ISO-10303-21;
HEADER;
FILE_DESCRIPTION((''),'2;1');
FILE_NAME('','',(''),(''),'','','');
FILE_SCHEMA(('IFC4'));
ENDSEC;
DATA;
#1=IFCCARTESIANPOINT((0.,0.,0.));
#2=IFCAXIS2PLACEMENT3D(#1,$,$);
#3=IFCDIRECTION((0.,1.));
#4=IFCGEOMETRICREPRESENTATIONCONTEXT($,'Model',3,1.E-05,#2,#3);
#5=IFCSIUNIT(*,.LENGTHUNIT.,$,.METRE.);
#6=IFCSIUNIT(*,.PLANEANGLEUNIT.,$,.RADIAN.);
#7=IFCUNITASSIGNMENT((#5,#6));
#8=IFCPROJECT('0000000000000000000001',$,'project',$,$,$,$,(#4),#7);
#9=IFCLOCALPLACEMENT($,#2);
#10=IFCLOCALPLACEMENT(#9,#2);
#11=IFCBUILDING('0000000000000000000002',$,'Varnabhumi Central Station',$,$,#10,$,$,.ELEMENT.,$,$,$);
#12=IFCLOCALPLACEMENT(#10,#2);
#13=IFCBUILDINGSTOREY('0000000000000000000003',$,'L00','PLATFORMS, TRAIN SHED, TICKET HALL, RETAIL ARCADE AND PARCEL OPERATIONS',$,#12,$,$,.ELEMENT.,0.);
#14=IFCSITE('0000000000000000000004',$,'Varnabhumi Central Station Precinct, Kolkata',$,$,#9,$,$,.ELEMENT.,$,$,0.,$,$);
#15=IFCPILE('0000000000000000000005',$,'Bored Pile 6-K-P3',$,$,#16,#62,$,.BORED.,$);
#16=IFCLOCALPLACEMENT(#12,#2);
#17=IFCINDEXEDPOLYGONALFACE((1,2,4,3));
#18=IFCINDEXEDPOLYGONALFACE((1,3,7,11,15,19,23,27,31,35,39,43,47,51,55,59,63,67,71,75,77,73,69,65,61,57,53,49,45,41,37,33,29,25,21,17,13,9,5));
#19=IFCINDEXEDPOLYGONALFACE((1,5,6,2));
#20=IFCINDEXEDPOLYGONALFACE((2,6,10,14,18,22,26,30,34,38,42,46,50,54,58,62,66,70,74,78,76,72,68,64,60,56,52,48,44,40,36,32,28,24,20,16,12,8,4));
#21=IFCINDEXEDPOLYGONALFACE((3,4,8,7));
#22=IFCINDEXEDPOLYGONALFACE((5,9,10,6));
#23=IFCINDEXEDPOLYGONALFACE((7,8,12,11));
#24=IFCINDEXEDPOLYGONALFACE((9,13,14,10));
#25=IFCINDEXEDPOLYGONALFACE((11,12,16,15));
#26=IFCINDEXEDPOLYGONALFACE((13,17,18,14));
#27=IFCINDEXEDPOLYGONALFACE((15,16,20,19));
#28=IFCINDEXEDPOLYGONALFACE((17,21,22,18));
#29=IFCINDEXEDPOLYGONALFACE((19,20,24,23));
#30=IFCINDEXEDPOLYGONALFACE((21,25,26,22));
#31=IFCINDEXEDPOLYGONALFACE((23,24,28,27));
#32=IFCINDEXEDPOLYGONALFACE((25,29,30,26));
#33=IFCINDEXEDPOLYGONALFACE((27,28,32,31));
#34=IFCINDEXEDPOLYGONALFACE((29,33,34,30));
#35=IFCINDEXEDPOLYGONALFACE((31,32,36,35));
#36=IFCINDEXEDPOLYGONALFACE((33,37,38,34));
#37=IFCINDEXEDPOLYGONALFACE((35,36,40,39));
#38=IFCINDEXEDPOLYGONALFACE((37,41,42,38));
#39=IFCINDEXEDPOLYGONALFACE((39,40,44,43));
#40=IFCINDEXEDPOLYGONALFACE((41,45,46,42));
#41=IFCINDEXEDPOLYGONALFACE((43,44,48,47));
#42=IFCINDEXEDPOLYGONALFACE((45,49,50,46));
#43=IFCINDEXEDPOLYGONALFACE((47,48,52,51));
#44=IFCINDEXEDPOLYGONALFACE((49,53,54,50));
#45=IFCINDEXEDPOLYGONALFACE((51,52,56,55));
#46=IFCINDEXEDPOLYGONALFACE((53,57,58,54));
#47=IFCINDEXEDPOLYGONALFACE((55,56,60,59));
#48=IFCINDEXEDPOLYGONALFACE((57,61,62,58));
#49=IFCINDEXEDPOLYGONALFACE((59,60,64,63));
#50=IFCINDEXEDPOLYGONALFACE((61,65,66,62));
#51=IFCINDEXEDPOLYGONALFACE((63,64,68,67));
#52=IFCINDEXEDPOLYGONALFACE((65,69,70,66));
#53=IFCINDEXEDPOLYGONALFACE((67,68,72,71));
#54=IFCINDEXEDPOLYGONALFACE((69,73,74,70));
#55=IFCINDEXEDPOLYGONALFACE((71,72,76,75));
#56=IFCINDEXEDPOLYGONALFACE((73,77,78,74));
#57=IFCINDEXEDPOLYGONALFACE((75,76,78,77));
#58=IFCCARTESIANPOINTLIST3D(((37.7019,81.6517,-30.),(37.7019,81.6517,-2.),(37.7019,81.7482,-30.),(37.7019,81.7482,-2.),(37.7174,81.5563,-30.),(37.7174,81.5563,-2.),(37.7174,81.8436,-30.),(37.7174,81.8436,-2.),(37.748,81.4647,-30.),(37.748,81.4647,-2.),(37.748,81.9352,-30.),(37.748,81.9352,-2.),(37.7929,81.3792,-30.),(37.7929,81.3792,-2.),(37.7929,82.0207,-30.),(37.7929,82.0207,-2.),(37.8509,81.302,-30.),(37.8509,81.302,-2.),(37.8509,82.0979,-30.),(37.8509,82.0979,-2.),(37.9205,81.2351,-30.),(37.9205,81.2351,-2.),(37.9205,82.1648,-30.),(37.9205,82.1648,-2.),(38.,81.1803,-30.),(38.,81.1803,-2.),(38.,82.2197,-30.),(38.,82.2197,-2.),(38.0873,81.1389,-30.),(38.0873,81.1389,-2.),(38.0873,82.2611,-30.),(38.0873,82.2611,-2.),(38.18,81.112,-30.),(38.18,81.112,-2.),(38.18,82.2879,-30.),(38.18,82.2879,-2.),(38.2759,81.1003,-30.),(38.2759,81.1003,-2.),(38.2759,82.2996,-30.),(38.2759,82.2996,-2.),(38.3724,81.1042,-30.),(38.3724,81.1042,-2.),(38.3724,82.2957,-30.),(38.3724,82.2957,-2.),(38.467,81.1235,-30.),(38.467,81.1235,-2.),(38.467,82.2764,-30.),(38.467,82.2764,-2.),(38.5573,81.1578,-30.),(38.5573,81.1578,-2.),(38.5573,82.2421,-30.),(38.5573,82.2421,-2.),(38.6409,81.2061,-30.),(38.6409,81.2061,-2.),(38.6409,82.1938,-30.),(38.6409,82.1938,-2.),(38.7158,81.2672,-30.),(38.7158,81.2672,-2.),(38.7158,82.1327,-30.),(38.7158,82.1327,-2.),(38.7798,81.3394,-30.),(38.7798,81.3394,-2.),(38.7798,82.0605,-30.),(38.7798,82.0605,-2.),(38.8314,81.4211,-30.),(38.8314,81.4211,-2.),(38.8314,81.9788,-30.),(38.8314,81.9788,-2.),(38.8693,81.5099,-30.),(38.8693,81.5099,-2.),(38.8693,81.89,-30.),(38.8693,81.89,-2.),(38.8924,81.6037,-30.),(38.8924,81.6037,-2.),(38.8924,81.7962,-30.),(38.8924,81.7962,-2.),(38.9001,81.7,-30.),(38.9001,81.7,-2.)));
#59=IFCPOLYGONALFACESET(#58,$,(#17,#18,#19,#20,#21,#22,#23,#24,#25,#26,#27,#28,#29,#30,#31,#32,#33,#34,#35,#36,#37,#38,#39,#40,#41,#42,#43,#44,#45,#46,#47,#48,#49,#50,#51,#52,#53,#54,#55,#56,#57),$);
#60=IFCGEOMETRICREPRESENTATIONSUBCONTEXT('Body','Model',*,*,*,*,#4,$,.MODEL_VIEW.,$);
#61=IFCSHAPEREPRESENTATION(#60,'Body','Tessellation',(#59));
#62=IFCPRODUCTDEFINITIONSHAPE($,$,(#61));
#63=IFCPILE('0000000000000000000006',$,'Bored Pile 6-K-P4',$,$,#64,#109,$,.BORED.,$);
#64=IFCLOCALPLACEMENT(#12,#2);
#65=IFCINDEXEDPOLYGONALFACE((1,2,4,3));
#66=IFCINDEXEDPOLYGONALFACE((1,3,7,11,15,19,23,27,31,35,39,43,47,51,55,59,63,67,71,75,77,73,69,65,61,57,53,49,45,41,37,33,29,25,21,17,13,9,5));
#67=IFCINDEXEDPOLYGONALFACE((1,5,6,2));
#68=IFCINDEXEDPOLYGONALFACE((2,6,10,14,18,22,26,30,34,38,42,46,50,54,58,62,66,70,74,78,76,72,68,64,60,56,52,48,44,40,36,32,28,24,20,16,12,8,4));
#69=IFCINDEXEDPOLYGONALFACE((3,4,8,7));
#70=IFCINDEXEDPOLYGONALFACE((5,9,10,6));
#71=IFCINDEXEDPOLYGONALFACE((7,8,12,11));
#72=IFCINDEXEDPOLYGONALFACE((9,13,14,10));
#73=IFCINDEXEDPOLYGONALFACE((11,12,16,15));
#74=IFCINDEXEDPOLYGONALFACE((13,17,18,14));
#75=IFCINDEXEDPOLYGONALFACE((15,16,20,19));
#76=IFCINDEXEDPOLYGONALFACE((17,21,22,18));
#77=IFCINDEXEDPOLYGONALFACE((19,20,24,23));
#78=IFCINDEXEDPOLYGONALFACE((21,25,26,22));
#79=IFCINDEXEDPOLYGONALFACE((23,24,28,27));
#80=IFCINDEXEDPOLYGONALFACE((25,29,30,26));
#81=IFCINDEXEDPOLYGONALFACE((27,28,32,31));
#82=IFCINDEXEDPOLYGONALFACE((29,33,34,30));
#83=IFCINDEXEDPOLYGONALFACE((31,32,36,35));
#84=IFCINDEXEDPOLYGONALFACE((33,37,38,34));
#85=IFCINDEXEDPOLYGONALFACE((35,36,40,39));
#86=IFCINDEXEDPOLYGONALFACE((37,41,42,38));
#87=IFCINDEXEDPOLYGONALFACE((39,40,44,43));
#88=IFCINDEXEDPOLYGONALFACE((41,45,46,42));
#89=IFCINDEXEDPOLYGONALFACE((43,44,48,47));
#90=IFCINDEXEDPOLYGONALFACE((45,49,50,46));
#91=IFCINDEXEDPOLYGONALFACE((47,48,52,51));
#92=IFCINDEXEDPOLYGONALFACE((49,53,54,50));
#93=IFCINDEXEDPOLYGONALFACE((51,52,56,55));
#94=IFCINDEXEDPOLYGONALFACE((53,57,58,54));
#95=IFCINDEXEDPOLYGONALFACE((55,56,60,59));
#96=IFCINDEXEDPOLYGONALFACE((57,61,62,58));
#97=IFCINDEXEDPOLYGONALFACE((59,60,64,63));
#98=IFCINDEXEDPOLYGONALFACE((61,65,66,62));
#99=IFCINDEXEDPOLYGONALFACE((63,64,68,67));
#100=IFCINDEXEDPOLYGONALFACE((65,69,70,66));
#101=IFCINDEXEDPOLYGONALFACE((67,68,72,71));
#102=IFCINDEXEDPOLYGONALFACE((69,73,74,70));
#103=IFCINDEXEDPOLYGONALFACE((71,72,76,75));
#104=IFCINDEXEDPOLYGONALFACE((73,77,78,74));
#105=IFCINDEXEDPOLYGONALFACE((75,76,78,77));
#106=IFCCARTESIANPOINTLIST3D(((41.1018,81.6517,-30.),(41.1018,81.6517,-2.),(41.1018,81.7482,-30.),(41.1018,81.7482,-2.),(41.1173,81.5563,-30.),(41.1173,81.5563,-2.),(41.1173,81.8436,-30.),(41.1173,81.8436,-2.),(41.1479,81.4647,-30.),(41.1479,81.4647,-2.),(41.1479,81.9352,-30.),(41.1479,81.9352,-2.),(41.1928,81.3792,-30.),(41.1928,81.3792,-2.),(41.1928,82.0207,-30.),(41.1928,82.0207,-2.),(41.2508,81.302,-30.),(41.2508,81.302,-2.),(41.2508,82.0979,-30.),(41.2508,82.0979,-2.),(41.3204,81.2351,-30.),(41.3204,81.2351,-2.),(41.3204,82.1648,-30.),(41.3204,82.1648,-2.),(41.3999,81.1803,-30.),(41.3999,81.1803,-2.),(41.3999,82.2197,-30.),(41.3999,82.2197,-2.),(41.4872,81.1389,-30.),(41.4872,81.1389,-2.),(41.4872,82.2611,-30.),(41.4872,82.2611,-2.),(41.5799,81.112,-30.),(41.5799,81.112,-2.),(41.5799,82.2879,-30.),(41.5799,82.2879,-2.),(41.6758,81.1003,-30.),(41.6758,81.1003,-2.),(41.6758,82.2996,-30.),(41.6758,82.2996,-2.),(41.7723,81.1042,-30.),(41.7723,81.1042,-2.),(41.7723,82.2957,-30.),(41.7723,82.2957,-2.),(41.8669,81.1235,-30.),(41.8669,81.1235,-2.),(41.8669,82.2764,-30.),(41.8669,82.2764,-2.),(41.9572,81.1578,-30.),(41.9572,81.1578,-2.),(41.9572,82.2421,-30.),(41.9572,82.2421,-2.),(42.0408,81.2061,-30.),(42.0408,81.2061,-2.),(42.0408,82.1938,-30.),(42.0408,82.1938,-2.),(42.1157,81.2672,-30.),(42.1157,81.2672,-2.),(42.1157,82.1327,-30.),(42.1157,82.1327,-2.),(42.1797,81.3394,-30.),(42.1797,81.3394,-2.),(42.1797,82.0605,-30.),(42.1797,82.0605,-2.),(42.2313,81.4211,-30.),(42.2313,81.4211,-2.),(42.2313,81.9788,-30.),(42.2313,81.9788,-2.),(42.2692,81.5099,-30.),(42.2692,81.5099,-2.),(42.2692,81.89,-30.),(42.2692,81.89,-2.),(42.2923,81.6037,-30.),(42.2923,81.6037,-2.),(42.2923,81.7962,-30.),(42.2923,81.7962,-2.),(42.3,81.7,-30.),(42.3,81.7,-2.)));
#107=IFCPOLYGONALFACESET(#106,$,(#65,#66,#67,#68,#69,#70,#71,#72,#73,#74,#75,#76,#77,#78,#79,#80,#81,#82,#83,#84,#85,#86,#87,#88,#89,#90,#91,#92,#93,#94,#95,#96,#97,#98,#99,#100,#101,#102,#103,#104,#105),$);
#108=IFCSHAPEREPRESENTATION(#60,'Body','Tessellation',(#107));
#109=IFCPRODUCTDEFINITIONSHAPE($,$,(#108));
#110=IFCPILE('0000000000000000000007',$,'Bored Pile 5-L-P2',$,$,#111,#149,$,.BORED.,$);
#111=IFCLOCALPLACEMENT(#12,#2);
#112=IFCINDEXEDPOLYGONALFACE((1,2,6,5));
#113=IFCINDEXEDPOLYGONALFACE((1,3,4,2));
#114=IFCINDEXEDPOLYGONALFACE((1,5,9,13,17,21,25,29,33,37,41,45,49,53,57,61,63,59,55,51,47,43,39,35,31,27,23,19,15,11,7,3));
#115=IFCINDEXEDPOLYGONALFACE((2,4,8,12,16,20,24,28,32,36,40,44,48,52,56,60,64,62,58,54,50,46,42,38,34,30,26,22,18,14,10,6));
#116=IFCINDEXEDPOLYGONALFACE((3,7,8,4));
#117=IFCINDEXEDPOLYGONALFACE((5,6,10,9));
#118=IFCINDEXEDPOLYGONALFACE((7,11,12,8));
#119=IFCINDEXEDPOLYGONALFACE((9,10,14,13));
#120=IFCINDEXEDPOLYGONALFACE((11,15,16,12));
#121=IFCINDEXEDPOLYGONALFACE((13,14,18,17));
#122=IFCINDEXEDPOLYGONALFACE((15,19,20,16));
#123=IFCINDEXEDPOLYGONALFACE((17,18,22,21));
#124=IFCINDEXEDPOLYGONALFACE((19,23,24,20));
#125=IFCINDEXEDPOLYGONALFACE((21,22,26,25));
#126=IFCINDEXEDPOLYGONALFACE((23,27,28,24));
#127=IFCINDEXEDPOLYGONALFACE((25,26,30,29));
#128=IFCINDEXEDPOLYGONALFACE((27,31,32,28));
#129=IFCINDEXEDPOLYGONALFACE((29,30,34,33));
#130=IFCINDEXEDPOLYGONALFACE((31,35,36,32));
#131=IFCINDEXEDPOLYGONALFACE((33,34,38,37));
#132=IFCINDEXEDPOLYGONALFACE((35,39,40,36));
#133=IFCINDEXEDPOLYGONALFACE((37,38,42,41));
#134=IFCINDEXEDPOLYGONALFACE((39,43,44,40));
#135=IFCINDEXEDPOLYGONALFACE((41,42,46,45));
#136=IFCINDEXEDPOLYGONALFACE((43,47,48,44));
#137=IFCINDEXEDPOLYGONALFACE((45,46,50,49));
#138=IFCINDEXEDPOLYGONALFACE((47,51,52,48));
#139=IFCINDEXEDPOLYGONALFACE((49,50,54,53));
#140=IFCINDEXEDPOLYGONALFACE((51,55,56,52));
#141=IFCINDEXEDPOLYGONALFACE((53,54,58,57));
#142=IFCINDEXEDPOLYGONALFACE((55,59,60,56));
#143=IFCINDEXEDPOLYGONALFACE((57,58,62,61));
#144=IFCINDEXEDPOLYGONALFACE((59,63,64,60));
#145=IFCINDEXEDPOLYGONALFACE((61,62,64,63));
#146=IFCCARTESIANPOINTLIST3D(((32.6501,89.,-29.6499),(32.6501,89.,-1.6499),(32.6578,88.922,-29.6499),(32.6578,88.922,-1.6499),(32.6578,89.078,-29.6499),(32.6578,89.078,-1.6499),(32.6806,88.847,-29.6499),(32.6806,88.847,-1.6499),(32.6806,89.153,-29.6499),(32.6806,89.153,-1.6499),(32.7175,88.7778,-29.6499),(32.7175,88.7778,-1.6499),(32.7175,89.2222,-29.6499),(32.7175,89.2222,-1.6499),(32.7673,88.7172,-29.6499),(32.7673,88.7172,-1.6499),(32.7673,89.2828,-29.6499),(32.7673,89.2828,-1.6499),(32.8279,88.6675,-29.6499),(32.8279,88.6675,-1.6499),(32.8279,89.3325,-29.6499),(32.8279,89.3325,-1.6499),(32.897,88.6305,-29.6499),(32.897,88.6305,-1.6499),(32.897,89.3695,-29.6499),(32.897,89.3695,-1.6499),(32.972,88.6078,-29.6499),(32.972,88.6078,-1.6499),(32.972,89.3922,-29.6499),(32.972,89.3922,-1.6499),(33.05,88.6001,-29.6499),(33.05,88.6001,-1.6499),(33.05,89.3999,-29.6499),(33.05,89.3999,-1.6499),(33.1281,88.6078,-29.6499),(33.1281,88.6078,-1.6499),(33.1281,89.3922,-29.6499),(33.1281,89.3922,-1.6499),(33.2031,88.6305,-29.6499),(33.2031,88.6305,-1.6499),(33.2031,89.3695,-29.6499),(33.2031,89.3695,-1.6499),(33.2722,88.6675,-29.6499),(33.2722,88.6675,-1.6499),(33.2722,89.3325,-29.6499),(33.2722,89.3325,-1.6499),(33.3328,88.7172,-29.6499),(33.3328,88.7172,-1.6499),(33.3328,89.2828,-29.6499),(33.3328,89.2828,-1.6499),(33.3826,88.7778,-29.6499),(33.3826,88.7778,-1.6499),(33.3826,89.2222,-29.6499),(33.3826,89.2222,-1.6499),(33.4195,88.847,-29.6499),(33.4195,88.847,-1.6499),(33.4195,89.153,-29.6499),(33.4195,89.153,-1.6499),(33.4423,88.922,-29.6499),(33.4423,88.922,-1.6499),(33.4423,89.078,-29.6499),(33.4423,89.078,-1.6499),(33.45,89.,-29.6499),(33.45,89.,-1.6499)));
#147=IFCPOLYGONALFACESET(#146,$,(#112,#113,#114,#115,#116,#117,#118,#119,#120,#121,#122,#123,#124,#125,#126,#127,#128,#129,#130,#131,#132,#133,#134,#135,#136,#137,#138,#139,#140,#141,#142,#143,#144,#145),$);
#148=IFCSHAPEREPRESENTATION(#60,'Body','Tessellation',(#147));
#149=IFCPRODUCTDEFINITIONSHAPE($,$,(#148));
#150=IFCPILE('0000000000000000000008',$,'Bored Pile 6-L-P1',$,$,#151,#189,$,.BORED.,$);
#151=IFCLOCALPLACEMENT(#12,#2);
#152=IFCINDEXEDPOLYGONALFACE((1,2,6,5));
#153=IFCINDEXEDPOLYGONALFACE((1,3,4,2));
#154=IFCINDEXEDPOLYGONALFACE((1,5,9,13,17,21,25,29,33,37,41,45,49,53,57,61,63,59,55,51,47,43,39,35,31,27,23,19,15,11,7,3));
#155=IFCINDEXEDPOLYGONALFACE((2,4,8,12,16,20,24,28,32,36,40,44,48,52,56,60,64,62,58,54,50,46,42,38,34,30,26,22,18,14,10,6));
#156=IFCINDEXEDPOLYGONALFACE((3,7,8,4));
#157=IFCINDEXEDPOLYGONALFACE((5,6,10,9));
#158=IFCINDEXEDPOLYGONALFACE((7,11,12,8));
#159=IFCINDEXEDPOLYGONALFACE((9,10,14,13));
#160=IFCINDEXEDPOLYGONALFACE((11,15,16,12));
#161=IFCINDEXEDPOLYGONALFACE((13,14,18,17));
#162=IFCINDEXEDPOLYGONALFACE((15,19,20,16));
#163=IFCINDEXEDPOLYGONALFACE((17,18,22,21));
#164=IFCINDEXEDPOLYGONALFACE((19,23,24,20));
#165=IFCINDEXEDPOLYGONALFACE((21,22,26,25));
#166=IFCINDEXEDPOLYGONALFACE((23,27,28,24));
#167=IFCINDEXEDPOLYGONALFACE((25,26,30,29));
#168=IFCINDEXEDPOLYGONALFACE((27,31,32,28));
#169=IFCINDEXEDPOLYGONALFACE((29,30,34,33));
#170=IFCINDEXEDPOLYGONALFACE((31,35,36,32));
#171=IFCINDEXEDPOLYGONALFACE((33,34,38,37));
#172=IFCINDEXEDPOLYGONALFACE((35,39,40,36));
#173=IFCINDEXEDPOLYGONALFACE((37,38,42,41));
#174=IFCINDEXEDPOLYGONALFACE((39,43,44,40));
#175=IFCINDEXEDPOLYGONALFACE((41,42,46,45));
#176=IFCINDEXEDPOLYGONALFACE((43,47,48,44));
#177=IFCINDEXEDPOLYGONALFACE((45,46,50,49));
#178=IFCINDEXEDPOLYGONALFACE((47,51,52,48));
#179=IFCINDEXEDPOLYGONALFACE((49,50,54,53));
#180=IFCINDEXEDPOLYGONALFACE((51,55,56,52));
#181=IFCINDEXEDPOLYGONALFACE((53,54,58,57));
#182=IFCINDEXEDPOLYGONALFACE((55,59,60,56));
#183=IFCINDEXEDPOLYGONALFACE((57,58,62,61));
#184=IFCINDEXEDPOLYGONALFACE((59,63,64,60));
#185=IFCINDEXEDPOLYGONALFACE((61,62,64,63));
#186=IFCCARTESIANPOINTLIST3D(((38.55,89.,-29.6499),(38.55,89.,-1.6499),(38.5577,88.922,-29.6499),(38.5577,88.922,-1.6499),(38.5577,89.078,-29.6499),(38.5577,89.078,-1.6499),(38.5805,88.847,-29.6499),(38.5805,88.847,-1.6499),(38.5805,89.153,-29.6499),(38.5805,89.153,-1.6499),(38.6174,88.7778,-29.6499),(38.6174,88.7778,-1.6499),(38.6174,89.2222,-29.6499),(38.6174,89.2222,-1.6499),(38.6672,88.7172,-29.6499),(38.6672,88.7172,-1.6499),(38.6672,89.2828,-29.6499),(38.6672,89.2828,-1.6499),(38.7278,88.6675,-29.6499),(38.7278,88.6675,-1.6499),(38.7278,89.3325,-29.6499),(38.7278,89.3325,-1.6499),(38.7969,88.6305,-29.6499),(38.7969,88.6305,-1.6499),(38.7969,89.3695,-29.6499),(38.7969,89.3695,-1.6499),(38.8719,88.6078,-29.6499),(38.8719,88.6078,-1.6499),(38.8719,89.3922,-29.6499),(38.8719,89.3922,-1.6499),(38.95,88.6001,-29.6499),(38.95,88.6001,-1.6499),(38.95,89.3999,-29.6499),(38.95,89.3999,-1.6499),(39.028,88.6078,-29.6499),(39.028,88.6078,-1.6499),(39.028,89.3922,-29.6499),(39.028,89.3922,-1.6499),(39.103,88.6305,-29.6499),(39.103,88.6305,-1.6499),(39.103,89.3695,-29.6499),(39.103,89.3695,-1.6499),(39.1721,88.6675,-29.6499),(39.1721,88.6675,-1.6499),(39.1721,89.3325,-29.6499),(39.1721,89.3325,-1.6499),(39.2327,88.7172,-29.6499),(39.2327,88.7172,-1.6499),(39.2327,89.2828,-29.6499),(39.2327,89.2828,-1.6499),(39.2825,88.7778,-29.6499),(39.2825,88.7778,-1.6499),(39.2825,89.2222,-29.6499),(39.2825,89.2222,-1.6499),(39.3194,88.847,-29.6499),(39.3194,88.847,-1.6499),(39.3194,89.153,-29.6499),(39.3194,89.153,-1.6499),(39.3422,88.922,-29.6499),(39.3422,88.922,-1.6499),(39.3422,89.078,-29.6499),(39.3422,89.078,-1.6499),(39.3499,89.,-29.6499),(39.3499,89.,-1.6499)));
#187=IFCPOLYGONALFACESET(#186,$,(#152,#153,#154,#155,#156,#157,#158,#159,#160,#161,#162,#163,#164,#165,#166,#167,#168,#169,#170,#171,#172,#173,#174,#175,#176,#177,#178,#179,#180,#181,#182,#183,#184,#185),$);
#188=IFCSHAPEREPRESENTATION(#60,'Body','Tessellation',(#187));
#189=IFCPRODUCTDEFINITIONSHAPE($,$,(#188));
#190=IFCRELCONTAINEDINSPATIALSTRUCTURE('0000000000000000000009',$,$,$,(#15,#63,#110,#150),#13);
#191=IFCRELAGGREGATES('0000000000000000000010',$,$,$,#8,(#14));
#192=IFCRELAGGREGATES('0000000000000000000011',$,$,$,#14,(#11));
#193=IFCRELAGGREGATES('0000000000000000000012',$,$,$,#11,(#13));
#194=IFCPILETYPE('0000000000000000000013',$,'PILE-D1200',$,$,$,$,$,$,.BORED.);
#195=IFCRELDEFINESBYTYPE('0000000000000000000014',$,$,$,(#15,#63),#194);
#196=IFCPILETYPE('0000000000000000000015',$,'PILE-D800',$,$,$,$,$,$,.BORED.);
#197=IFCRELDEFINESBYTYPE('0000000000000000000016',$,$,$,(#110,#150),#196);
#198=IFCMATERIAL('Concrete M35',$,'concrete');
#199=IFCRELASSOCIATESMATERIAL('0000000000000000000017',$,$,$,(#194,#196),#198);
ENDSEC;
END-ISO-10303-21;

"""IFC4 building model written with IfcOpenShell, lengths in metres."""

from ifc_helpers import new_model, si_unit, direction, frame, origin, origin_2d, place, context, subcontext, project, spatial, circle, extrude, material, material_profile, profile_set, type_object, element, save


model = new_model("IFC4")

# Units and contexts
model_context = context("Model", 3, precision=1e-05, world=origin(), true_north=direction((0.0, 1.0)))
body_context = subcontext(model_context, "Body", "Model", "MODEL_VIEW")
ifc_project = project(units=[si_unit("LENGTHUNIT", "METRE"), si_unit("PLANEANGLEUNIT", "RADIAN")], contexts=[model_context])

# Site, building, storey
site_placement = place(None, origin())
site = spatial("IfcSite", under=ifc_project, at=site_placement, Name="Varnabhumi Central Station Precinct, Kolkata", CompositionType="ELEMENT", RefElevation=0.0)
building_placement = place(site_placement, origin())
building = spatial("IfcBuilding", under=site, at=building_placement, Name="Varnabhumi Central Station", CompositionType="ELEMENT")
storey_placement = place(building_placement, origin())
storey = spatial("IfcBuildingStorey", under=building, at=storey_placement, Name="L00", Description="PLATFORMS, TRAIN SHED, TICKET HALL, RETAIL ARCADE AND PARCEL OPERATIONS", CompositionType="ELEMENT", Elevation=0.0)

# Piles
ifc_material_1 = material(Name="Concrete M35", Category="concrete")
ifc_material_profile_1 = material_profile(ifc_material_1, circle(Radius=0.6001, at=origin_2d()), Name="Concrete M35", Category="concrete")
ifc_profile_set_1 = profile_set([ifc_material_profile_1], Name="Concrete M35")
pile_type_1 = type_object("IfcPileType", Name="PILE-D1200", PredefinedType="BORED", material=ifc_profile_set_1)
for number, where, z_axis, x_axis, name in (
    (1, (38.3, 81.7, -2.0), (0.0, 0.0, -1.0), (1.0, 0.0, 0.0), "Bored Pile 6-K-P3"),
    (2, (41.7, 81.7, -2.0), (0.0, 0.0, -1.0), (1.0, 0.0, 0.0), "Bored Pile 6-K-P4"),
):
    element("IfcPile", number, at=place(storey_placement, frame(where, z_axis=z_axis, x_axis=x_axis)), inside=storey, type_object=pile_type_1, Name=name, PredefinedType="BORED", context=body_context, shape_type="SweptSolid", body=[
        extrude(circle(Radius=0.6001, at=origin_2d()), origin(), (0.0, 0.0, 1.0), 28.0),
    ])
ifc_material_profile_2 = material_profile(ifc_material_1, circle(Radius=0.3999, at=origin_2d()), Name="Concrete M35", Category="concrete")
ifc_profile_set_2 = profile_set([ifc_material_profile_2], Name="Concrete M35")
pile_type_2 = type_object("IfcPileType", Name="PILE-D800", PredefinedType="BORED", material=ifc_profile_set_2)
for number, where, z_axis, x_axis, name in (
    (3, (33.05, 89.0, -1.6499), (0.0, 0.0, -1.0), (1.0, 0.0, 0.0), "Bored Pile 5-L-P2"),
    (4, (38.95, 89.0, -1.6499), (0.0, 0.0, -1.0), (1.0, 0.0, 0.0), "Bored Pile 6-L-P1"),
):
    element("IfcPile", number, at=place(storey_placement, frame(where, z_axis=z_axis, x_axis=x_axis)), inside=storey, type_object=pile_type_2, Name=name, PredefinedType="BORED", context=body_context, shape_type="SweptSolid", body=[
        extrude(circle(Radius=0.3999, at=origin_2d()), origin(), (0.0, 0.0, 1.0), 28.0),
    ])

save(model, "model.ifc")
